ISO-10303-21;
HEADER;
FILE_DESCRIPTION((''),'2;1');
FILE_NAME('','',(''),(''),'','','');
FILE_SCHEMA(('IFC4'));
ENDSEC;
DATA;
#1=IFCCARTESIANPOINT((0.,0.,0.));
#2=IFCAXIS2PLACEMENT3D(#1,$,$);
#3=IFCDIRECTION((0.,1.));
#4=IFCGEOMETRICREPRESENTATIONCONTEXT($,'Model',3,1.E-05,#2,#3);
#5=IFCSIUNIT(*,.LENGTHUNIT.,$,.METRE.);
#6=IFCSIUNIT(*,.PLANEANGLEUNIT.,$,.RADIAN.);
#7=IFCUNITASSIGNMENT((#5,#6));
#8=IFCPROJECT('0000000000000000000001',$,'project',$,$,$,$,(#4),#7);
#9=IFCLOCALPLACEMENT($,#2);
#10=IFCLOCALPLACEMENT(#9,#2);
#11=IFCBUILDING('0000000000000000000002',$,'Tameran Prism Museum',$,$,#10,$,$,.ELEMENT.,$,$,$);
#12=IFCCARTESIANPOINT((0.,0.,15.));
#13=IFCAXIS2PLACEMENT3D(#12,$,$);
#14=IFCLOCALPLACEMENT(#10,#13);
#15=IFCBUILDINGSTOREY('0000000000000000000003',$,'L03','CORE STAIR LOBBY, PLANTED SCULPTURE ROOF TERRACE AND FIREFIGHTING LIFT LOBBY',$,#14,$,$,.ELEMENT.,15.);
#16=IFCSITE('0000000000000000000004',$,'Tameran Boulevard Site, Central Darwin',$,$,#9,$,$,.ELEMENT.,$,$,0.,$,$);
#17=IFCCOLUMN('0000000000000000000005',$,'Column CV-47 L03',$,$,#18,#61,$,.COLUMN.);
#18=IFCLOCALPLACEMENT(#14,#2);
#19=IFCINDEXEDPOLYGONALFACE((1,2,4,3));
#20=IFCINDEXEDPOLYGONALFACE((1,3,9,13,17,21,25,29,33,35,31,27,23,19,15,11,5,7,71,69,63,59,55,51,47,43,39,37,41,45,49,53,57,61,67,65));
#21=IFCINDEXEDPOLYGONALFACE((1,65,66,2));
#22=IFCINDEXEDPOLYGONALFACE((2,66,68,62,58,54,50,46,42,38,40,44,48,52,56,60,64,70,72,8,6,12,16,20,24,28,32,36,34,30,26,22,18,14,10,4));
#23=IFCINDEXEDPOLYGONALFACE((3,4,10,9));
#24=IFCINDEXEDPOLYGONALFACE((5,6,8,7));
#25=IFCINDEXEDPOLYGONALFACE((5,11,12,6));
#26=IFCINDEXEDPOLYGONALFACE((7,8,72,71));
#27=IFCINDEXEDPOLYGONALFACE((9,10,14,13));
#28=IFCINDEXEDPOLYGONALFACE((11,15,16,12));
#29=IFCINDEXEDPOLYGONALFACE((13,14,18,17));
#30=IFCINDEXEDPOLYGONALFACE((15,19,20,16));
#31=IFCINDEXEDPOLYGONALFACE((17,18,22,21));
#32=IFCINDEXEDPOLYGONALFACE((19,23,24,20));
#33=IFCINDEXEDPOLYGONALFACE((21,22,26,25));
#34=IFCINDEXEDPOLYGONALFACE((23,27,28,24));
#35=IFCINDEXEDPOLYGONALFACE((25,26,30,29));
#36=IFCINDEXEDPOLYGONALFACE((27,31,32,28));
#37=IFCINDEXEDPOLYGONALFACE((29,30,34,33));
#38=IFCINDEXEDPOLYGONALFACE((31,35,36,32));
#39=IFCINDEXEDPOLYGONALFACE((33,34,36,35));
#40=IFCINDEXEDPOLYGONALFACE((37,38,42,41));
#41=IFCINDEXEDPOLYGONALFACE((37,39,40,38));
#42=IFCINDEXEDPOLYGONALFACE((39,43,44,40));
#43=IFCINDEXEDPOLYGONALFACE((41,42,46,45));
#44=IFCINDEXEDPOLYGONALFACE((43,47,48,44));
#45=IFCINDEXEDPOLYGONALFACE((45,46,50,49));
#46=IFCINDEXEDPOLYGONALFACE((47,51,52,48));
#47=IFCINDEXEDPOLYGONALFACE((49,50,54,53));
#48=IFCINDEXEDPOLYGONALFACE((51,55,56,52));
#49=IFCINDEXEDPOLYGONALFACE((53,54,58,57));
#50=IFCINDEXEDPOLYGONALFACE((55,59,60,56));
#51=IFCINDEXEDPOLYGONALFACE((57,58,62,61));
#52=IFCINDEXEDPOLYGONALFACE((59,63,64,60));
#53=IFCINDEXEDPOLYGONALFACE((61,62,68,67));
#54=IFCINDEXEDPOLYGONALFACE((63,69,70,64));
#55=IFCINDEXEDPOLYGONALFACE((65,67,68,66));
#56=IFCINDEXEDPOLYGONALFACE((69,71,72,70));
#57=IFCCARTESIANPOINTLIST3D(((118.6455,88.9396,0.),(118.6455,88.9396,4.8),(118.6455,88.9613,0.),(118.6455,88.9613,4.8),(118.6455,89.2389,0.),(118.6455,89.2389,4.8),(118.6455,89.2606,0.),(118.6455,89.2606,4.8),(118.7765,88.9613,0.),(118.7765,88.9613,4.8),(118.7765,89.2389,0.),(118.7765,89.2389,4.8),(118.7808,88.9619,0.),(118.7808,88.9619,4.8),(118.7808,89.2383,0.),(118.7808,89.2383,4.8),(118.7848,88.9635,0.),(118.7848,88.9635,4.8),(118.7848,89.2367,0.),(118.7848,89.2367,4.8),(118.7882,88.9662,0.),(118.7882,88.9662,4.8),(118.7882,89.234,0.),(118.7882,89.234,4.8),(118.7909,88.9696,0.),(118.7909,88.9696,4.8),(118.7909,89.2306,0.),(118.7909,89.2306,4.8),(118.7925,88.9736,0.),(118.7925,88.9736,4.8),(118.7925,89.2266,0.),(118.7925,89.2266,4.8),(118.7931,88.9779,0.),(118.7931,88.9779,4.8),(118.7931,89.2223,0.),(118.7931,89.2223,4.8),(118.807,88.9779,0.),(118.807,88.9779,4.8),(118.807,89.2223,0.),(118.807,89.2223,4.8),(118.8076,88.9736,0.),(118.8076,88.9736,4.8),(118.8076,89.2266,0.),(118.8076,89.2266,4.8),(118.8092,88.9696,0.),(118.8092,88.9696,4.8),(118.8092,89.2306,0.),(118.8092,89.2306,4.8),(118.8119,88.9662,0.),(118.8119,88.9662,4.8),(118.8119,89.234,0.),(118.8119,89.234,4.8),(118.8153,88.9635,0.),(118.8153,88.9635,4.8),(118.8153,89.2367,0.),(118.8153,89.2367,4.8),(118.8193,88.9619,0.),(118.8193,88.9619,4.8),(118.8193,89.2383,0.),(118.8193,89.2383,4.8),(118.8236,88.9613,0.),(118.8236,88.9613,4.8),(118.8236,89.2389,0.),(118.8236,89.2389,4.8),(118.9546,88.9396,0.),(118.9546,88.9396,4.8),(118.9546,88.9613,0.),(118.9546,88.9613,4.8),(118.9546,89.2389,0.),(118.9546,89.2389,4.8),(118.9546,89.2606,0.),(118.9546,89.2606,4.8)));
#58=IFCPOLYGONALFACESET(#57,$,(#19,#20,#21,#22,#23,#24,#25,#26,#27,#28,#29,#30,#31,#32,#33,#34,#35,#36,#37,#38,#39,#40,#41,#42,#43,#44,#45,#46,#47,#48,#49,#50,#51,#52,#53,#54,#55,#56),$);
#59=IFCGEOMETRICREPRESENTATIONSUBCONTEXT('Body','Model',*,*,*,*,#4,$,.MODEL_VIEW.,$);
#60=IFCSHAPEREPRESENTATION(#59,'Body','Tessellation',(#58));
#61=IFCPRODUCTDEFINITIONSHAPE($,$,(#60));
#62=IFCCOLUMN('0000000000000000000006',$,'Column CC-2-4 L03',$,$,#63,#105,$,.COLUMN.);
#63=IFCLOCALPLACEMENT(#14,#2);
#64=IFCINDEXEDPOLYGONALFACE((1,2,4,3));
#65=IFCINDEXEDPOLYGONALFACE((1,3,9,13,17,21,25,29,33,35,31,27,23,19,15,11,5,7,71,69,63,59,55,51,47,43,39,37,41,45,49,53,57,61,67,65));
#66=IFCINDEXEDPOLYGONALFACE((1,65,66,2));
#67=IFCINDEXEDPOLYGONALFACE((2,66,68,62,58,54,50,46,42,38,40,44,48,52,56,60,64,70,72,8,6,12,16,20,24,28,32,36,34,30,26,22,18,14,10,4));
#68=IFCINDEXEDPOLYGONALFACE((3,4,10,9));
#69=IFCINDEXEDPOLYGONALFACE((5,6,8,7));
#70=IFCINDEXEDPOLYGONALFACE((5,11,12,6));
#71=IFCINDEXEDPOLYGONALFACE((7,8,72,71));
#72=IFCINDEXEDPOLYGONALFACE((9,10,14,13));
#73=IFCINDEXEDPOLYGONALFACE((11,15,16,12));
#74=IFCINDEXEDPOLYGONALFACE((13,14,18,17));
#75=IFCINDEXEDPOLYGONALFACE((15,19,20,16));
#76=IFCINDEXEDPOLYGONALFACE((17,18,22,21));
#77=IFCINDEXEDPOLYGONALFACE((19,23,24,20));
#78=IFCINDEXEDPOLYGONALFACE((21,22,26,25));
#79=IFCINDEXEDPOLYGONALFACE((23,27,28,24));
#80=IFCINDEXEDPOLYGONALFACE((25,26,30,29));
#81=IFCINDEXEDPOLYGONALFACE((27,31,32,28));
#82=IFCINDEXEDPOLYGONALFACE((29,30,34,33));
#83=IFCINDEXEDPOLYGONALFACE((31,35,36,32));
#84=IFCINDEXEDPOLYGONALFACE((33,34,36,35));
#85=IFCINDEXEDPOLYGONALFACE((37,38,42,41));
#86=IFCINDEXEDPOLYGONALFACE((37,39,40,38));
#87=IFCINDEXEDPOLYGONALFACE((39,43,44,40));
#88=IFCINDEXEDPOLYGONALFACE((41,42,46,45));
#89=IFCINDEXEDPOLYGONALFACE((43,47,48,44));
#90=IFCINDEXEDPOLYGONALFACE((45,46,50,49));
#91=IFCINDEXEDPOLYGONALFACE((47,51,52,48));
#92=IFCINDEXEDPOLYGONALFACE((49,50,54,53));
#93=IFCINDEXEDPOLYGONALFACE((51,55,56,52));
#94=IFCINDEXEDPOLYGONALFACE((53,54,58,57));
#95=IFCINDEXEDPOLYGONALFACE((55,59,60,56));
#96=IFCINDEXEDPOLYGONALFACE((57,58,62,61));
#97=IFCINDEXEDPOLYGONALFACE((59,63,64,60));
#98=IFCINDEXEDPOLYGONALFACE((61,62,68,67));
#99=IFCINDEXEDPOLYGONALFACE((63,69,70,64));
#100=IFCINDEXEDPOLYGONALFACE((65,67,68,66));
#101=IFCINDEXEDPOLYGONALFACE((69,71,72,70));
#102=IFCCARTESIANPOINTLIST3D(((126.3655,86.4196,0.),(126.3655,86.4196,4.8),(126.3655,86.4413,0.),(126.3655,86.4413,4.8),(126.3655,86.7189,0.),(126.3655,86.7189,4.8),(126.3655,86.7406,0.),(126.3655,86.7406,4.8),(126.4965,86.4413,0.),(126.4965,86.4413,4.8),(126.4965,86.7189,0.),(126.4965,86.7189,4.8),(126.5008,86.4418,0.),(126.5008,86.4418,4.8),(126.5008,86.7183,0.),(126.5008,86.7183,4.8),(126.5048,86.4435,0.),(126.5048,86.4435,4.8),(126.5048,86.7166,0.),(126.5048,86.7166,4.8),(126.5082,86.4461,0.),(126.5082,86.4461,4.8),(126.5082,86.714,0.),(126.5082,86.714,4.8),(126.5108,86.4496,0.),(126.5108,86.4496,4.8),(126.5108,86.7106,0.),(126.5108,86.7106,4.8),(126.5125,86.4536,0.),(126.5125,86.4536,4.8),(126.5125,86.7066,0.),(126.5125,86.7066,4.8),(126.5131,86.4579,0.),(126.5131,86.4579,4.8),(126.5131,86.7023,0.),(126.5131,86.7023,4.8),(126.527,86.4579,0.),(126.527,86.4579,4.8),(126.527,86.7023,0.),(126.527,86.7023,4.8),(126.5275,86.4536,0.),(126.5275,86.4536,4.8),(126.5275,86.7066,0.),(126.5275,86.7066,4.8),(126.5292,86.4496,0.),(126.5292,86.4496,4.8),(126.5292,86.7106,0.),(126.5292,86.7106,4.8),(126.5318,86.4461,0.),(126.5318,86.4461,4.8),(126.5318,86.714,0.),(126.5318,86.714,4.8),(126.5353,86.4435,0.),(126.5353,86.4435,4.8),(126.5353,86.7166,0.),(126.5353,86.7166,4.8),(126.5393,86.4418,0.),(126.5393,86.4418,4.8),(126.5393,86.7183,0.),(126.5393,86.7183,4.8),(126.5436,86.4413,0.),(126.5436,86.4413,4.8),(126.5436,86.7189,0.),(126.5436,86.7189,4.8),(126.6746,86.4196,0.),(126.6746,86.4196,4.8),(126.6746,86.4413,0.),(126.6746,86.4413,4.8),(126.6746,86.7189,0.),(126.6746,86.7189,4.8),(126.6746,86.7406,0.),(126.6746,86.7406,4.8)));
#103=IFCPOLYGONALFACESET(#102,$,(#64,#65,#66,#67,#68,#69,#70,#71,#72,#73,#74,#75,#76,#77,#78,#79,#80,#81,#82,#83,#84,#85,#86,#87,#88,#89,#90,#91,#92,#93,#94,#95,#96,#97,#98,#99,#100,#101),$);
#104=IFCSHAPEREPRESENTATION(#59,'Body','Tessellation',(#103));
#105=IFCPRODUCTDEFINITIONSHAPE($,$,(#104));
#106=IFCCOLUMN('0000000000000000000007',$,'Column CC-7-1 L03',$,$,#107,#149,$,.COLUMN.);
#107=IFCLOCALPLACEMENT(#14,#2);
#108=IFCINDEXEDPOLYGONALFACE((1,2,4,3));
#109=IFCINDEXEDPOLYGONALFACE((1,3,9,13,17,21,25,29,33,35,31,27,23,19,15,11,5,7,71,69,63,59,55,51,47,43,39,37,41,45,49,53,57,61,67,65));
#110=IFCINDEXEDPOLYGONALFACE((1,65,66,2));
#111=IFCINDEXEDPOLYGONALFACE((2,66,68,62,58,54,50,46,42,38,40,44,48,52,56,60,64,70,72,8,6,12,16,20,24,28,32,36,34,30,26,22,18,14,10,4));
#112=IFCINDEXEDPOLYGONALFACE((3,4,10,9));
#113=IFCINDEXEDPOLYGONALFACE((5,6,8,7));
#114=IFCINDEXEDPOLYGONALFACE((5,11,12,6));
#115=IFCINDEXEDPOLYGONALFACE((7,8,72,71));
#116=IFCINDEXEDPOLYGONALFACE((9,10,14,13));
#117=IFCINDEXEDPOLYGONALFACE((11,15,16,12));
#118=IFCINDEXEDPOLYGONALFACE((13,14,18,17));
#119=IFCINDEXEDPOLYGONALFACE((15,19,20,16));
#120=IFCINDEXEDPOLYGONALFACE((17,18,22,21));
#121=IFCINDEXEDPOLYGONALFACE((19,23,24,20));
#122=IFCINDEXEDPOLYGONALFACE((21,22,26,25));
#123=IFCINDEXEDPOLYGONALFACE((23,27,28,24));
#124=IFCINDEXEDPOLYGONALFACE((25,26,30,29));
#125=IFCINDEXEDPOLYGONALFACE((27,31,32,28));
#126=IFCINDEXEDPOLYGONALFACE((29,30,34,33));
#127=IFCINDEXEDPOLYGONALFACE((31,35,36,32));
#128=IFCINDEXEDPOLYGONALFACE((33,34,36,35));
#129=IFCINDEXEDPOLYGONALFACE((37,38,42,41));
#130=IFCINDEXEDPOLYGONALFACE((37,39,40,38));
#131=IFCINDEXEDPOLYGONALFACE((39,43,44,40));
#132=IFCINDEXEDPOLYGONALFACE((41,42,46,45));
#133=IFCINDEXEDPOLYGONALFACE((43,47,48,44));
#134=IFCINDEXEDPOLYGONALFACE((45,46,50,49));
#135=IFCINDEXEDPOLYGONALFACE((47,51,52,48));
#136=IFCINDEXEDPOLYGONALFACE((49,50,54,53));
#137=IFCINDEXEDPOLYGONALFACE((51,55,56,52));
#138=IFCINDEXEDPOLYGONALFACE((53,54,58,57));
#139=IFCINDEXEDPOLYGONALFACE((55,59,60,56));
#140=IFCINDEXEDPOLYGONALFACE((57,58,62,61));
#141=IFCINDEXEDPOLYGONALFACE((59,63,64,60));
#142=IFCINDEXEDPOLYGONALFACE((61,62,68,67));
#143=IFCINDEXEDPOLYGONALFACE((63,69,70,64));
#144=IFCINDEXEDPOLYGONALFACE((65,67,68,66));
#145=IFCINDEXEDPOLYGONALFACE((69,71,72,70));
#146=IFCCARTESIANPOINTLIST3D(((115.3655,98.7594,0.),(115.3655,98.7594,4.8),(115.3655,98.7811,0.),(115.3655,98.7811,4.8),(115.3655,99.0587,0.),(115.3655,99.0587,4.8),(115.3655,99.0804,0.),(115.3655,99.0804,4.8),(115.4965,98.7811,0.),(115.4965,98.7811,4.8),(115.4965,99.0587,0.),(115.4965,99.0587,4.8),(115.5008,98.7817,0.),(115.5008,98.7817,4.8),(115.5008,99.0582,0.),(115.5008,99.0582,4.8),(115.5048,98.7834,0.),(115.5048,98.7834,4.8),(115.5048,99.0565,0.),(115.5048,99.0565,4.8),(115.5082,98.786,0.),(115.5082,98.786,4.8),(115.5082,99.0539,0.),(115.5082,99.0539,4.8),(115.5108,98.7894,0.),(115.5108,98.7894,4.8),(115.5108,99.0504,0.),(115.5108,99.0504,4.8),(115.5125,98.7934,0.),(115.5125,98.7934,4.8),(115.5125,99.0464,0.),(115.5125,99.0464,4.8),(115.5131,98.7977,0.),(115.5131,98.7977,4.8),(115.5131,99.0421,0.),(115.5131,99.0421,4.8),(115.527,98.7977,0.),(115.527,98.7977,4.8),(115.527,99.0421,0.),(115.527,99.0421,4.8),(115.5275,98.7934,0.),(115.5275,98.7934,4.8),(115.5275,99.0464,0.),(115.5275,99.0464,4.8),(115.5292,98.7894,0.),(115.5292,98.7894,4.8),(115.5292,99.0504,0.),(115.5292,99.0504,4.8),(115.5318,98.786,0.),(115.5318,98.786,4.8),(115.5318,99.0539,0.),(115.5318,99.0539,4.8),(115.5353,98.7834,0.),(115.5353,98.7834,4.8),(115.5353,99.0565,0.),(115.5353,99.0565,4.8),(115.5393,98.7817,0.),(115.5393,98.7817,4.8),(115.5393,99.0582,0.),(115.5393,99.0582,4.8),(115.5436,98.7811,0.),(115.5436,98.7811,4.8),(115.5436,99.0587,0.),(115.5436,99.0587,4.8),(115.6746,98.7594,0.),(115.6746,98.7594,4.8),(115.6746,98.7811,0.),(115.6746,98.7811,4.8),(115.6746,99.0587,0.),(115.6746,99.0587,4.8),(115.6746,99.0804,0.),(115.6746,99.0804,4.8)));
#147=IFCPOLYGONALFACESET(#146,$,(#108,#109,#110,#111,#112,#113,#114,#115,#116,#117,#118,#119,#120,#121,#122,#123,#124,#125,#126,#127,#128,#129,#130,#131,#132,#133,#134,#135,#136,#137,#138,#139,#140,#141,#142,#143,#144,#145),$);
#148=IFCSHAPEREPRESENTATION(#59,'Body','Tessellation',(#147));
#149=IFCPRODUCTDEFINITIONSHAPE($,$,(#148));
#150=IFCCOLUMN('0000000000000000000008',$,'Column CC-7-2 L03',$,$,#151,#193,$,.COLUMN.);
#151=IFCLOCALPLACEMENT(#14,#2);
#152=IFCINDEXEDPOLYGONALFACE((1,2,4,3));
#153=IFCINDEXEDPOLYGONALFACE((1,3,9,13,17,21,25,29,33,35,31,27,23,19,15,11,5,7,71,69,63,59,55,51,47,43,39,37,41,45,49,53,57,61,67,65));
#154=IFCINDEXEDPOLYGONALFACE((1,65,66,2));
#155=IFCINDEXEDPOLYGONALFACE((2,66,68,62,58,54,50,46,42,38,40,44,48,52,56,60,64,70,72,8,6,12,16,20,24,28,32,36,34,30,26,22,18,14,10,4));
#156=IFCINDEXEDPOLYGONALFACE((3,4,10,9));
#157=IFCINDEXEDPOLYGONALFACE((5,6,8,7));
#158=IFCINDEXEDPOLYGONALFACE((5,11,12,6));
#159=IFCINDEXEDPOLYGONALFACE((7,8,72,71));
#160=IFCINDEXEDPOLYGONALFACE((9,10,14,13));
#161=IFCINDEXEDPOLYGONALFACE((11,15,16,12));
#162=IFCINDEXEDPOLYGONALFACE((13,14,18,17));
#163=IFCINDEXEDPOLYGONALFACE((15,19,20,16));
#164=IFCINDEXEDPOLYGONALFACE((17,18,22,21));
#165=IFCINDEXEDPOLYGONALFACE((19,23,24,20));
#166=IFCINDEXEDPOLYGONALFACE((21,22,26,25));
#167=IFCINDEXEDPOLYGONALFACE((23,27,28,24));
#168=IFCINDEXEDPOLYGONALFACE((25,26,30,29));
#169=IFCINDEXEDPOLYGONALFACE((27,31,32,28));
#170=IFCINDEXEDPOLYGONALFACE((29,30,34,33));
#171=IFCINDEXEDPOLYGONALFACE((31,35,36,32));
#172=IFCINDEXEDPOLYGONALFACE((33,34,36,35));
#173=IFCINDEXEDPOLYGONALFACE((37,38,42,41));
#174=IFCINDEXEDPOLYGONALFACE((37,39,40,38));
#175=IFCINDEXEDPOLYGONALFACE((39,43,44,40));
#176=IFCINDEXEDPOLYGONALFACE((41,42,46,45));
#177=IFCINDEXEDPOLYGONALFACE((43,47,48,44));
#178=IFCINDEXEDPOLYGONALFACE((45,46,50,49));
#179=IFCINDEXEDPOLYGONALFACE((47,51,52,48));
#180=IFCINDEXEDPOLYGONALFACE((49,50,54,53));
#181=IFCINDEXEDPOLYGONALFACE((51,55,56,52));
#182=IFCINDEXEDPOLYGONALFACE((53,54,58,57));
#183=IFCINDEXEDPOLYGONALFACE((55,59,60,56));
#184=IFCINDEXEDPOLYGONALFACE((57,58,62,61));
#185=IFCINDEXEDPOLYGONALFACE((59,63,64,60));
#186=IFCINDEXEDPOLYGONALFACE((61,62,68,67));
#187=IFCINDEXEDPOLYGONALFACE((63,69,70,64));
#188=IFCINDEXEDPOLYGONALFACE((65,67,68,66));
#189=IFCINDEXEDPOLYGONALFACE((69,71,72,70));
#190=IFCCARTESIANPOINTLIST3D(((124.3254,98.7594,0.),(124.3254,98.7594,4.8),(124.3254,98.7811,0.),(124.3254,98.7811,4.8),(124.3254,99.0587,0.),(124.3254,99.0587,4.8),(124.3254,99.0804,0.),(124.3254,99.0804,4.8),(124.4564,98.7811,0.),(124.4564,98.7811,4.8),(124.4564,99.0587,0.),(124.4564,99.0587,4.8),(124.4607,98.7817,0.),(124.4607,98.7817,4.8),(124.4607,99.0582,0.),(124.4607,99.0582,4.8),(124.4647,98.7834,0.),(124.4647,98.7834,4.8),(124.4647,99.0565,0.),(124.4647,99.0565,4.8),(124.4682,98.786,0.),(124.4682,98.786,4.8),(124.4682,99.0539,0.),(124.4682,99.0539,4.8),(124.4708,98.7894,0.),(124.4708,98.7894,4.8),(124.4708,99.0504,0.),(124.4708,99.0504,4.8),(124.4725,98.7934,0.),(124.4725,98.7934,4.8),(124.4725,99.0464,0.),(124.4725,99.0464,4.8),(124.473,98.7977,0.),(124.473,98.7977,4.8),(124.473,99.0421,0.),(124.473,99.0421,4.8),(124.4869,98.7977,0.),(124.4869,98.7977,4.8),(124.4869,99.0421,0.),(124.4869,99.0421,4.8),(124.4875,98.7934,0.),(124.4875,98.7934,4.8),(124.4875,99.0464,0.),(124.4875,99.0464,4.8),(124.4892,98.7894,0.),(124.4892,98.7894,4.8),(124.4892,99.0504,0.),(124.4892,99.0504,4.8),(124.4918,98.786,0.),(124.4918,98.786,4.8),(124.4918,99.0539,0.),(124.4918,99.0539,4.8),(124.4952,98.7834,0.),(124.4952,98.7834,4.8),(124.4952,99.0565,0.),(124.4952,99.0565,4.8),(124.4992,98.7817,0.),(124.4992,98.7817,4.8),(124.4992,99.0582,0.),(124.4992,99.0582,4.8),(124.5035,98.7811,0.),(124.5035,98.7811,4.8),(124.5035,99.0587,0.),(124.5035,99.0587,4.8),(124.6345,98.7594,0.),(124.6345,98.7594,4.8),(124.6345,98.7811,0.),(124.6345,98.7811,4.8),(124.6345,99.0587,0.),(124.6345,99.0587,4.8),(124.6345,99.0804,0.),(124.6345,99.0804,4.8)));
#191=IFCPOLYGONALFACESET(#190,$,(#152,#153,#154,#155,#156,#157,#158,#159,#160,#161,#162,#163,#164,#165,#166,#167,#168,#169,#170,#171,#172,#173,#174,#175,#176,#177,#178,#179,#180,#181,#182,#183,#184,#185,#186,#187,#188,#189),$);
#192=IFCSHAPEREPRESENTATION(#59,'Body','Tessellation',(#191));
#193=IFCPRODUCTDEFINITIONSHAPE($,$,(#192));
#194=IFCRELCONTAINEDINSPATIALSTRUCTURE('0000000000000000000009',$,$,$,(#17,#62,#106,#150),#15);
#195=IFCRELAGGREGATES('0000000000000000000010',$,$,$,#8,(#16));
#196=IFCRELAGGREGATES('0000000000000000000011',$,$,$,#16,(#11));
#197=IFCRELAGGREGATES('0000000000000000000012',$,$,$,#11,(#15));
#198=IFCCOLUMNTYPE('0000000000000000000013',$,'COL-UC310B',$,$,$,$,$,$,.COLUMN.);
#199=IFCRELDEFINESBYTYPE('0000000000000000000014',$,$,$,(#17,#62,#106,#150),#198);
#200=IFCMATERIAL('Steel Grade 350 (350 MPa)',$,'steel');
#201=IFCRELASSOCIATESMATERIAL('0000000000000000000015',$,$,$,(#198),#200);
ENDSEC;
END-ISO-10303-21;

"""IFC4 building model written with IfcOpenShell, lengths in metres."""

from ifc_helpers import new_model, si_unit, direction, frame, origin, origin_2d, place, context, subcontext, project, spatial, i_section, extrude, material, material_profile, profile_set, type_object, element, save


model = new_model("IFC4")

# Units and contexts
model_context = context("Model", 3, precision=1e-05, world=origin(), true_north=direction((0.0, 1.0)))
body_context = subcontext(model_context, "Body", "Model", "MODEL_VIEW")
ifc_project = project(units=[si_unit("LENGTHUNIT", "METRE"), si_unit("PLANEANGLEUNIT", "RADIAN")], contexts=[model_context])

# Site, building, storey
site_placement = place(None, origin())
site = spatial("IfcSite", under=ifc_project, at=site_placement, Name="Tameran Boulevard Site, Central Darwin", CompositionType="ELEMENT", RefElevation=0.0)
building_placement = place(site_placement, origin())
building = spatial("IfcBuilding", under=site, at=building_placement, Name="Tameran Prism Museum", CompositionType="ELEMENT")
storey_placement = place(building_placement, frame((0.0, 0.0, 15.0)))
storey = spatial("IfcBuildingStorey", under=building, at=storey_placement, Name="L03", Description="CORE STAIR LOBBY, PLANTED SCULPTURE ROOF TERRACE AND FIREFIGHTING LIFT LOBBY", CompositionType="ELEMENT", Elevation=15.0)

# Columns
ifc_material_1 = material(Name="Steel Grade 350 (350 MPa)", Category="steel")
ifc_material_profile_1 = material_profile(ifc_material_1, i_section(OverallWidth=0.3091, OverallDepth=0.321, WebThickness=0.0139, FlangeThickness=0.0217, FilletRadius=0.0166, at=origin_2d()))
ifc_profile_set_1 = profile_set([ifc_material_profile_1])
column_type = type_object("IfcColumnType", Name="COL-UC310B", PredefinedType="COLUMN", material=ifc_profile_set_1)
for number, where, z_axis, x_axis, name in (
    (1, (118.8, 89.1001, 0.0), (0.0, 0.0, 1.0), (1.0, 0.0, 0.0), "Column CV-47 L03"),
    (2, (126.52, 86.5801, 0.0), (0.0, 0.0, 1.0), (1.0, 0.0, 0.0), "Column CC-2-4 L03"),
    (3, (115.52, 98.9199, 0.0), (0.0, 0.0, 1.0), (1.0, 0.0, 0.0), "Column CC-7-1 L03"),
    (4, (124.48, 98.9199, 0.0), (0.0, 0.0, 1.0), (1.0, 0.0, 0.0), "Column CC-7-2 L03"),
):
    element("IfcColumn", number, at=place(storey_placement, frame(where, z_axis=z_axis, x_axis=x_axis)), inside=storey, type_object=column_type, Name=name, PredefinedType="COLUMN", context=body_context, shape_type="SweptSolid", body=[
        extrude(i_section(OverallWidth=0.3091, OverallDepth=0.321, WebThickness=0.0139, FlangeThickness=0.0217, FilletRadius=0.0166, at=origin_2d()), origin(), (0.0, 0.0, 1.0), 4.8),
    ])

save(model, "model.ifc")
